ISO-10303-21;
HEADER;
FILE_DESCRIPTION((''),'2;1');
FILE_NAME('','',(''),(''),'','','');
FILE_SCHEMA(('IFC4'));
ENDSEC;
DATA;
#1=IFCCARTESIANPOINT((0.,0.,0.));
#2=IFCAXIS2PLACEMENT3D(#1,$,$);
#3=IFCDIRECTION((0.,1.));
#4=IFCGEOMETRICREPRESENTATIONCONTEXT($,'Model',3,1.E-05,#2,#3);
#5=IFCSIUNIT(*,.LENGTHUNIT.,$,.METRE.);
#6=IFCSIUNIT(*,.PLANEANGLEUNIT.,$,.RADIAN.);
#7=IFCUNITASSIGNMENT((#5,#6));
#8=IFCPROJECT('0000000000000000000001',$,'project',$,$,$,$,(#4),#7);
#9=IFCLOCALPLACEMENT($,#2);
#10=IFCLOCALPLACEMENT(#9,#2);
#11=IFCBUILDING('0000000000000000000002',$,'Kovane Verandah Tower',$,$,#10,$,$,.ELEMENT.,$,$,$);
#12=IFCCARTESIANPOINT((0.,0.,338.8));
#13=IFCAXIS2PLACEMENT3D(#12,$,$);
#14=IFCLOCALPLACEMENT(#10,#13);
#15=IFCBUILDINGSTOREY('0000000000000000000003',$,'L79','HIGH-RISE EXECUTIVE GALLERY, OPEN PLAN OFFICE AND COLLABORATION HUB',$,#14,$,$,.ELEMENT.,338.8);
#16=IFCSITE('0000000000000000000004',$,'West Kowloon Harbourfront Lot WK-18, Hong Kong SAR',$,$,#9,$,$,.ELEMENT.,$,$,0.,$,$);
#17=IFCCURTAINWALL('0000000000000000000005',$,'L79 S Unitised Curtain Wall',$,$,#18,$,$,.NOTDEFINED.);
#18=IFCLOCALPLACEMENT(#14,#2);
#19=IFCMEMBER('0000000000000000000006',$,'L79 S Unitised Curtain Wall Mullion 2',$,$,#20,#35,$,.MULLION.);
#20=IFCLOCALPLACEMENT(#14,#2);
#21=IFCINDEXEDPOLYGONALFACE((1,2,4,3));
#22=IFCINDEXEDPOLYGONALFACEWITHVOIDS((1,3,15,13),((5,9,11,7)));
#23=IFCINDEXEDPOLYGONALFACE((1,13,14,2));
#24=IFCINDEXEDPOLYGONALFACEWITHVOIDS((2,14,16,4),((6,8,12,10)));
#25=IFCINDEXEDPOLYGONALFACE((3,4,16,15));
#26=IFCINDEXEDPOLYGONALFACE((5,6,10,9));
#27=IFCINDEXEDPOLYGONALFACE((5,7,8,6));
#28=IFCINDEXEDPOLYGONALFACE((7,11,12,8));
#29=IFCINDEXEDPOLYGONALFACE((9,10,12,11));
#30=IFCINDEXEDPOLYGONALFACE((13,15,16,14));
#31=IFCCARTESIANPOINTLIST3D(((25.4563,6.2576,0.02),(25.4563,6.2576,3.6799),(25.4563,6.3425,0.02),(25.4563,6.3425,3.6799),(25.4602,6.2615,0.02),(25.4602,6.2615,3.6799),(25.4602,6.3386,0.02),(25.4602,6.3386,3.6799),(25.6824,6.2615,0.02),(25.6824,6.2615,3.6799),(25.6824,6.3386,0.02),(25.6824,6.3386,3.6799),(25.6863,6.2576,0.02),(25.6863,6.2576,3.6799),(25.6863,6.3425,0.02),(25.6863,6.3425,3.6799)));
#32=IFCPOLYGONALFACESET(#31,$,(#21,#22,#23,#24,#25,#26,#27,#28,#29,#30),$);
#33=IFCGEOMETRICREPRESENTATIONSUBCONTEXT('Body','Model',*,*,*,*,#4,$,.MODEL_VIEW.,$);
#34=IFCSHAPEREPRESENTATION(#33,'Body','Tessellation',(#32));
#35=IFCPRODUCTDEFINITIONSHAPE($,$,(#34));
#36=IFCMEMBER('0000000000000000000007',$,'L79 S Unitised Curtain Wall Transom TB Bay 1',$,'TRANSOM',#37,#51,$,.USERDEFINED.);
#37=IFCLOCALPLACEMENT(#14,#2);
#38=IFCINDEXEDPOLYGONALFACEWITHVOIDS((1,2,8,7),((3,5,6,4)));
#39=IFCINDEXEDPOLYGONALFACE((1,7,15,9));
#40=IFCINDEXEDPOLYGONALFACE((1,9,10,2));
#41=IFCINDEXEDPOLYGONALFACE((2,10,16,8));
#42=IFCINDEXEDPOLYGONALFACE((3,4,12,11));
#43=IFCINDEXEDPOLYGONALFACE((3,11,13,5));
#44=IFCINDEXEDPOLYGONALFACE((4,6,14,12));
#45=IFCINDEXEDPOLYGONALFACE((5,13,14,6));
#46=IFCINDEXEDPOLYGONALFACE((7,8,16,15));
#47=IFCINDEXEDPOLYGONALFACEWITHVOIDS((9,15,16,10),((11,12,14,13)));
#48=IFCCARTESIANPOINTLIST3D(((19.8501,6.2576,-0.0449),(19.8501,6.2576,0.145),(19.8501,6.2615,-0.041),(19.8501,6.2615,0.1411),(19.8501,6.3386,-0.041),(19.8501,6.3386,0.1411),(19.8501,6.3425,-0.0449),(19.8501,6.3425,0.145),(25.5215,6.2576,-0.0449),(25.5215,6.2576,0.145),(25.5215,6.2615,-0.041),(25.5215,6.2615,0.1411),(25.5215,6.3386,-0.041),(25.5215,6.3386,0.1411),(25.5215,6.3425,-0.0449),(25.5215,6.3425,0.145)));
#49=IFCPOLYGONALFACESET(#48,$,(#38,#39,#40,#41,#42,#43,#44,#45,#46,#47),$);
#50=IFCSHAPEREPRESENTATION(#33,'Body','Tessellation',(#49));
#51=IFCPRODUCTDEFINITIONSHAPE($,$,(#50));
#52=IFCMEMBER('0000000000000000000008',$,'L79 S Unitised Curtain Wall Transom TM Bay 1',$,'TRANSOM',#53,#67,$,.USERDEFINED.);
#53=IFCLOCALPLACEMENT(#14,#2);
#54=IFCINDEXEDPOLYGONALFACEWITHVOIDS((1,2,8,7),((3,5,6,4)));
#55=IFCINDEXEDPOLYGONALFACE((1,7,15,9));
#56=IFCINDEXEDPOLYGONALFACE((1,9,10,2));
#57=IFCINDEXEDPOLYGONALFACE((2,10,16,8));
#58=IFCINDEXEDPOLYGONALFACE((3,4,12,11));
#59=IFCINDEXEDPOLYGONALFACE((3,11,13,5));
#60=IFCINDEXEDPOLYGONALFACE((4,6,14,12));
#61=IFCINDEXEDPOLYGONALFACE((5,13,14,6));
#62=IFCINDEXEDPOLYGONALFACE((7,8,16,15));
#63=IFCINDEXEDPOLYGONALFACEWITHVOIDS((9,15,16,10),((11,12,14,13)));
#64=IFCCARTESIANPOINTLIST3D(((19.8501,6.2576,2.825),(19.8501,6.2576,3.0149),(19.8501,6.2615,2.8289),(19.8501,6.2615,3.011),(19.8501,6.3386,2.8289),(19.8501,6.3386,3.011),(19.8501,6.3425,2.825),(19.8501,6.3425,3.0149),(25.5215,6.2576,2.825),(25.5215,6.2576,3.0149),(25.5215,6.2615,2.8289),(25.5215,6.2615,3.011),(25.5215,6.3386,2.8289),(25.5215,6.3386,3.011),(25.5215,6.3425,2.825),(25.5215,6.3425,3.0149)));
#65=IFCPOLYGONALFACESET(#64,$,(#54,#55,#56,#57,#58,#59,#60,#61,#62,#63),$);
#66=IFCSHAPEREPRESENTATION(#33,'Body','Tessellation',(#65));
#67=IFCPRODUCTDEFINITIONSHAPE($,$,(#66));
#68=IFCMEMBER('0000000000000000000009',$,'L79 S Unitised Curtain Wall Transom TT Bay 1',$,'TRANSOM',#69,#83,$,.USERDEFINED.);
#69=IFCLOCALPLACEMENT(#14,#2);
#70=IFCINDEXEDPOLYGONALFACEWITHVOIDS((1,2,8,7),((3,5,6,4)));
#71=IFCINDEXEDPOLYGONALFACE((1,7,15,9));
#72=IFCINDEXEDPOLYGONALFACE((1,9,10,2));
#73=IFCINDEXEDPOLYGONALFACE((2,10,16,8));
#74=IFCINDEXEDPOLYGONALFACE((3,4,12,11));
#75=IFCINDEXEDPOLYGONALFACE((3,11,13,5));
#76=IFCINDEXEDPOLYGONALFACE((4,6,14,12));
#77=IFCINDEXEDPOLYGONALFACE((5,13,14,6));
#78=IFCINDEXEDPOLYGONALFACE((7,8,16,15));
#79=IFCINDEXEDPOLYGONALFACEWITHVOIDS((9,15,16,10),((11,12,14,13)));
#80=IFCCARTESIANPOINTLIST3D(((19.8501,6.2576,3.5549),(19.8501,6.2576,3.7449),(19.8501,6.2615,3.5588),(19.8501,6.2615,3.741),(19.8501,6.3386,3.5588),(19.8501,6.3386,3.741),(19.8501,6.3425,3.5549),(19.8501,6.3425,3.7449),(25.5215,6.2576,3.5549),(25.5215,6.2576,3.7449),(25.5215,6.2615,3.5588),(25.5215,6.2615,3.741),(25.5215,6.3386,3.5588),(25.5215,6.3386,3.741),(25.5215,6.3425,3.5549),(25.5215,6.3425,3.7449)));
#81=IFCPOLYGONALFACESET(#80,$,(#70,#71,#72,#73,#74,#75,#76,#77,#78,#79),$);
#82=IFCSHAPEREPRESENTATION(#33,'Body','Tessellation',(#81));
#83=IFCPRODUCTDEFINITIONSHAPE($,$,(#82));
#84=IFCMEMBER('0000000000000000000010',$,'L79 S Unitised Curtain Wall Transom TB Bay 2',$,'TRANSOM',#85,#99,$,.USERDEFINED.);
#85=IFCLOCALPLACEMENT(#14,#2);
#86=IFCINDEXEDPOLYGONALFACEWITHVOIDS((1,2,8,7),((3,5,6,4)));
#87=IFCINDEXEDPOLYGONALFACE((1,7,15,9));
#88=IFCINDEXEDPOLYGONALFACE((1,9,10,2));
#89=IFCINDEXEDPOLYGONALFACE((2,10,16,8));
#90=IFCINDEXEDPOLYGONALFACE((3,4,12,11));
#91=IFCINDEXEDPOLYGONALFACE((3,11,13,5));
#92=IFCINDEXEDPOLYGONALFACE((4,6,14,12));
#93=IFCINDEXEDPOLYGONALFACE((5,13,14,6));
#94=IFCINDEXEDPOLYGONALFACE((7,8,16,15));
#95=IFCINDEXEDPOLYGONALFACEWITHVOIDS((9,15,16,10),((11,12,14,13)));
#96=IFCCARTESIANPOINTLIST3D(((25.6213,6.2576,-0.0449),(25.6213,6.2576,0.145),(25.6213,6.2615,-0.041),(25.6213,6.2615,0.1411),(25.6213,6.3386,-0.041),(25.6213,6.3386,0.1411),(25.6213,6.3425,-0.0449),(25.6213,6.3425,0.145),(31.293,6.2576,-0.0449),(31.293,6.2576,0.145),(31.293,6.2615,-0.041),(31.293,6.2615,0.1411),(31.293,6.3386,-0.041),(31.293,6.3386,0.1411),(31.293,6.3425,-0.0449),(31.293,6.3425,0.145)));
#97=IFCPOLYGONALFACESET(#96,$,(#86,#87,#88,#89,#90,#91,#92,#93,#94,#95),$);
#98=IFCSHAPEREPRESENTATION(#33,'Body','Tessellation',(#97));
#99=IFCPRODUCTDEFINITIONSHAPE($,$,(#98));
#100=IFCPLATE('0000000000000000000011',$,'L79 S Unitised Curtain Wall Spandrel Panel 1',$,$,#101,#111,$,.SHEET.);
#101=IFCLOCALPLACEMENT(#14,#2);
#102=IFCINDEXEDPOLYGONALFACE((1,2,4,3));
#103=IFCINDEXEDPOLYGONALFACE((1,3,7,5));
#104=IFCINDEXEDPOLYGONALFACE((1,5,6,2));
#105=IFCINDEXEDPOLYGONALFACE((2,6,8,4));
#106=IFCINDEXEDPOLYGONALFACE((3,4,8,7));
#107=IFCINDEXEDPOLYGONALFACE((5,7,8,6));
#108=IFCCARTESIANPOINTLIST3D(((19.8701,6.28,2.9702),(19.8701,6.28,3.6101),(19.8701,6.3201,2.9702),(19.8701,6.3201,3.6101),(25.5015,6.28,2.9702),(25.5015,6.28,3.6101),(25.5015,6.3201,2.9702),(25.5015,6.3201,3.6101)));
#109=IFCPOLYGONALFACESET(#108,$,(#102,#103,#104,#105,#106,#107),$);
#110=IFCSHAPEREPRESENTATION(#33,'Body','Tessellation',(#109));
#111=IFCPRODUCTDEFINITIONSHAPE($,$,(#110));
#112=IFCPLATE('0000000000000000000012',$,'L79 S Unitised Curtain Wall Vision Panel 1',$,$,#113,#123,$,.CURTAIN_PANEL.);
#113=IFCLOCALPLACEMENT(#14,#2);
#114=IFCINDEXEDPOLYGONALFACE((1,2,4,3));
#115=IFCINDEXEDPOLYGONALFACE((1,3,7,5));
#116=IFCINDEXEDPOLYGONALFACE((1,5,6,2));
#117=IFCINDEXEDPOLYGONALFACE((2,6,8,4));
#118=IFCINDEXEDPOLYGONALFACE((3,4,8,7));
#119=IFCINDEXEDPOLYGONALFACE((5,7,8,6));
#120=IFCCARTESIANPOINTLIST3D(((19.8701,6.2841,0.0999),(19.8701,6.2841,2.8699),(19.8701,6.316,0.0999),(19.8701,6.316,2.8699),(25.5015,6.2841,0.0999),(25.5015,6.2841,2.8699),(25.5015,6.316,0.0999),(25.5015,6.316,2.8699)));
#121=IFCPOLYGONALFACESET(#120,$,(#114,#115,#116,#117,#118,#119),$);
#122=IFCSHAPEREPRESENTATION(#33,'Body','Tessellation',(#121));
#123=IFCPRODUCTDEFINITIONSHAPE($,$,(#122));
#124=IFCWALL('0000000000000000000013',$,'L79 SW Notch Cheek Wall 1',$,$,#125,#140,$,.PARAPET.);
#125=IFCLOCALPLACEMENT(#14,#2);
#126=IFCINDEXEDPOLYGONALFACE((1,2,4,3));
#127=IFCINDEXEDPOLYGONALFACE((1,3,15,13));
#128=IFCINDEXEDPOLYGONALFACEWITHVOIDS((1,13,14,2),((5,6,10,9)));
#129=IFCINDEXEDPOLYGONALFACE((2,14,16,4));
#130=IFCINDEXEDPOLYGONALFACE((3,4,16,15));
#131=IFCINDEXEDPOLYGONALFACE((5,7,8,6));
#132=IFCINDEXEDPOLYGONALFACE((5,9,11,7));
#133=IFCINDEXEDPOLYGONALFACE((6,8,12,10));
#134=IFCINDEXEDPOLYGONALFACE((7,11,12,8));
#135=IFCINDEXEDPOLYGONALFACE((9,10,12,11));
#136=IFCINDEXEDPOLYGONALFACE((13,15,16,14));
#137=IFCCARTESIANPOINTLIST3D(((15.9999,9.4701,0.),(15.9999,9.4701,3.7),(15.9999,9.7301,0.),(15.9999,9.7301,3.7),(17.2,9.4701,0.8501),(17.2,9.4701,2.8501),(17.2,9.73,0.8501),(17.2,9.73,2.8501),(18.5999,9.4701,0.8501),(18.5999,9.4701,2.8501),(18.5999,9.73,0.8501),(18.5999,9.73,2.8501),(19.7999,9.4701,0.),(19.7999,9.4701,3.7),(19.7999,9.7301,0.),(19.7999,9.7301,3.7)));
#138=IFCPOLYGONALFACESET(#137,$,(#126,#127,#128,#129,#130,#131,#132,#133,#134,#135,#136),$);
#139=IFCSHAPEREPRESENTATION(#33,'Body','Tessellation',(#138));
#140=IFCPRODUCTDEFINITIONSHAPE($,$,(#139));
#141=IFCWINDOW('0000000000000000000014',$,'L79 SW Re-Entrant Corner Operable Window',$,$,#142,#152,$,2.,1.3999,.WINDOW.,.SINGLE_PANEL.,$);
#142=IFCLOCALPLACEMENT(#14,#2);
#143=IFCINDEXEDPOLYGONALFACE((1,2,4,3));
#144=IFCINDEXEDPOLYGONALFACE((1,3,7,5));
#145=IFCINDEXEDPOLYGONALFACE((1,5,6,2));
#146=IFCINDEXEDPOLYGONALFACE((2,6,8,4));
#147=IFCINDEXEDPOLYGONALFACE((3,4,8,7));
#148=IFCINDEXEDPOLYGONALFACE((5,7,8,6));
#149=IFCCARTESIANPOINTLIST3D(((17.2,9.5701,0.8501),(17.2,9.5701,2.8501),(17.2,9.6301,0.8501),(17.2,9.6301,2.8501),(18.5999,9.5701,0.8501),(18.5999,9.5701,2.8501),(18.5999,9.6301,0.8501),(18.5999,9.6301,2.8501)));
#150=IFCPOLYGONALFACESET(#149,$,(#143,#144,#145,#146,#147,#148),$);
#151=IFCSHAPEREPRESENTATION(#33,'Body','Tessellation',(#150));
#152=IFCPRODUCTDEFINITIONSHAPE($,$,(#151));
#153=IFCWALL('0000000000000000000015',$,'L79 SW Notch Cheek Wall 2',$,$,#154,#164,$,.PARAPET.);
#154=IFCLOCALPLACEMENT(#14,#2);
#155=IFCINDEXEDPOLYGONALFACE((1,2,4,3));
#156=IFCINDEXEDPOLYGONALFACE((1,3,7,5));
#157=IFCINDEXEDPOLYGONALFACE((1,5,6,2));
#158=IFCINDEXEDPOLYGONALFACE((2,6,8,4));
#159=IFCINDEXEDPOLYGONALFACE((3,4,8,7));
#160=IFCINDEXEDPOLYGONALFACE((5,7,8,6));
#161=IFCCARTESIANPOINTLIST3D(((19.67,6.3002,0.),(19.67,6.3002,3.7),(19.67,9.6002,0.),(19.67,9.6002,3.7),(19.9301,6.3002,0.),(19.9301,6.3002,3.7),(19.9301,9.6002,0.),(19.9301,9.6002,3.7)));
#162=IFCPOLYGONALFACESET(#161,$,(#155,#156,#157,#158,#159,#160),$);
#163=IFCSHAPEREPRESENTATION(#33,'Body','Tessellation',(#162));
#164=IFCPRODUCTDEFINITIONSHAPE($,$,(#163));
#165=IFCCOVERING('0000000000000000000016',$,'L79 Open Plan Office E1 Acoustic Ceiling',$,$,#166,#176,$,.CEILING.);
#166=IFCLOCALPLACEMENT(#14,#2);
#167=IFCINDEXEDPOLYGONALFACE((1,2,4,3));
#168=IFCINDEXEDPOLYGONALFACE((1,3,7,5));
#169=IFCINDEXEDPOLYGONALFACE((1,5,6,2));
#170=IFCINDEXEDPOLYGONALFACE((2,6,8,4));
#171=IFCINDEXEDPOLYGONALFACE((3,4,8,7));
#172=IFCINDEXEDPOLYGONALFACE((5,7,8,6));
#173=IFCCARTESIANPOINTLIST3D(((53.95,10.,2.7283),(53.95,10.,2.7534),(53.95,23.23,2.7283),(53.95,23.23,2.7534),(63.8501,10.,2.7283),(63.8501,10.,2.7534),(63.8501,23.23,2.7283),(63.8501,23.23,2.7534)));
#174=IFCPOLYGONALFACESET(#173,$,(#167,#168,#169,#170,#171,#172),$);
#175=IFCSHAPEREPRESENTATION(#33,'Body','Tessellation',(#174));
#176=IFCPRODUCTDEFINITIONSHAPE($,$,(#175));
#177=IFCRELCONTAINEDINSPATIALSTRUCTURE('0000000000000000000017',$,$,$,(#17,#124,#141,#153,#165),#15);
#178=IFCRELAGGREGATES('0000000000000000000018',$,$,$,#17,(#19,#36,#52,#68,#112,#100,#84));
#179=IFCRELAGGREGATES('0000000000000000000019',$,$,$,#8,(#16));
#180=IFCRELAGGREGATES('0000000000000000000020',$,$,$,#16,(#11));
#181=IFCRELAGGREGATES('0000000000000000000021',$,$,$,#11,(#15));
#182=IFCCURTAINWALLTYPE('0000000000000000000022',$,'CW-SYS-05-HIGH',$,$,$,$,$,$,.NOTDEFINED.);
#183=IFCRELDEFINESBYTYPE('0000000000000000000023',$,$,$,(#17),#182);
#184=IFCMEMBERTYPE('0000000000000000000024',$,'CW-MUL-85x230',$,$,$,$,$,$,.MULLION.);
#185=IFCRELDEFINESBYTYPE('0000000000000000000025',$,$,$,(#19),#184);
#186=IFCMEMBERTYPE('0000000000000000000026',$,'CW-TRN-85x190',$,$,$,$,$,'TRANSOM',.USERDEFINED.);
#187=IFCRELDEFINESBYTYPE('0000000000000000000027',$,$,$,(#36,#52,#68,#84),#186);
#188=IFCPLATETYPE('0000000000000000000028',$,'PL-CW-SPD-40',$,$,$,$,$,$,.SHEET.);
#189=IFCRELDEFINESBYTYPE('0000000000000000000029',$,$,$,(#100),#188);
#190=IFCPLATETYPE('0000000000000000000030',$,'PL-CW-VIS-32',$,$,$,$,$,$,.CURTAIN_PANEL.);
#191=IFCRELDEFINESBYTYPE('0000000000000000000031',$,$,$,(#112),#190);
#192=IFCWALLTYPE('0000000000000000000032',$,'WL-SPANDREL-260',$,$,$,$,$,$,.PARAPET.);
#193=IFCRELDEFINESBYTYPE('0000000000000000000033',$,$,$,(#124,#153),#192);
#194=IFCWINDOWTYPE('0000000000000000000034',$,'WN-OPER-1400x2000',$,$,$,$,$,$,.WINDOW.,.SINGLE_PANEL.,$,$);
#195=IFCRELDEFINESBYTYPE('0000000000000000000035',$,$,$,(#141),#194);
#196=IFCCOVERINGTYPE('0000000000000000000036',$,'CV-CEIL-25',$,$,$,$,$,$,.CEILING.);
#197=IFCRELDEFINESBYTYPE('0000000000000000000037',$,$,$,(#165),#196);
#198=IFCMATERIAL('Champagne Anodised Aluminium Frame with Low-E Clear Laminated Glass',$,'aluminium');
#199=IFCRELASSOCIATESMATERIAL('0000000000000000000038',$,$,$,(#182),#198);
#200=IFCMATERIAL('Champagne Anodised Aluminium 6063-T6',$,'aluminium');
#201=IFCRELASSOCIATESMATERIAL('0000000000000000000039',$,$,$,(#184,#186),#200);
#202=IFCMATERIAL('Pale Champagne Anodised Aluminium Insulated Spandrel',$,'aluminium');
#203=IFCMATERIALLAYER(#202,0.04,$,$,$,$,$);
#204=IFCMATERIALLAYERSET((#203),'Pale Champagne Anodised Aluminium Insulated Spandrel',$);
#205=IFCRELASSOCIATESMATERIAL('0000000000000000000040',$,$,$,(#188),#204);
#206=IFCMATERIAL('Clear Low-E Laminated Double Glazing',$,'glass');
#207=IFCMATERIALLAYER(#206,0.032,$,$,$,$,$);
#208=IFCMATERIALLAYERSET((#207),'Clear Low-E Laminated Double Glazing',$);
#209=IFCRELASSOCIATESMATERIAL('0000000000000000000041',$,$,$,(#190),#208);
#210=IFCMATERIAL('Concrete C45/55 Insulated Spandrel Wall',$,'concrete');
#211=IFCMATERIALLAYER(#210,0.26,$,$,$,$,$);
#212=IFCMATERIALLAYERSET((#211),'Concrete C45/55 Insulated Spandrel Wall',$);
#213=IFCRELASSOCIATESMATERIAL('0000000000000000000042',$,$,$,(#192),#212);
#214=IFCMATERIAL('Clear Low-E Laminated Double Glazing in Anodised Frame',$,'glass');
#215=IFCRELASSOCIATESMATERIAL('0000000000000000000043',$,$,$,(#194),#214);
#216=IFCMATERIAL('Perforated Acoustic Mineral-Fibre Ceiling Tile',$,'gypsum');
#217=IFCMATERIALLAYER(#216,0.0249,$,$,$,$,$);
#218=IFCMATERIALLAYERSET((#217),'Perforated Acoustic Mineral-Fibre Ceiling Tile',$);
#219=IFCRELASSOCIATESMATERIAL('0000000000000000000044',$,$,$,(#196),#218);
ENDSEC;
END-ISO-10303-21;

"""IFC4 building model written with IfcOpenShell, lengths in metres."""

from ifc_helpers import new_model, si_unit, direction, frame, frame_2d, origin, origin_2d, place, context, subcontext, project, spatial, polyline, rectangle, hollow_rectangle, outline, extrude, material, layer, layer_set, material_profile, profile_set, type_object, element, fill, aggregate, save


model = new_model("IFC4")

# Units and contexts
model_context = context("Model", 3, precision=1e-05, world=origin(), true_north=direction((0.0, 1.0)))
body_context = subcontext(model_context, "Body", "Model", "MODEL_VIEW")
ifc_project = project(units=[si_unit("LENGTHUNIT", "METRE"), si_unit("PLANEANGLEUNIT", "RADIAN")], contexts=[model_context])

# Site, building, storey
site_placement = place(None, origin())
site = spatial("IfcSite", under=ifc_project, at=site_placement, Name="West Kowloon Harbourfront Lot WK-18, Hong Kong SAR", CompositionType="ELEMENT", RefElevation=0.0)
building_placement = place(site_placement, origin())
building = spatial("IfcBuilding", under=site, at=building_placement, Name="Kovane Verandah Tower", CompositionType="ELEMENT")
storey_placement = place(building_placement, frame((0.0, 0.0, 338.8)))
storey = spatial("IfcBuildingStorey", under=building, at=storey_placement, Name="L79", Description="HIGH-RISE EXECUTIVE GALLERY, OPEN PLAN OFFICE AND COLLABORATION HUB", CompositionType="ELEMENT", Elevation=338.8)

# Curtain wall, members, plates
ifc_material_1 = material(Name="Champagne Anodised Aluminium Frame with Low-E Clear Laminated Glass", Category="aluminium")
curtain_wall_type = type_object("IfcCurtainWallType", Name="CW-SYS-05-HIGH", PredefinedType="NOTDEFINED", material=ifc_material_1)
curtain_wall_placement = place(storey_placement, origin())
curtain_wall = element("IfcCurtainWall", 1, at=curtain_wall_placement, inside=storey, type_object=curtain_wall_type, Name="L79 S Unitised Curtain Wall", PredefinedType="NOTDEFINED")
ifc_material_2 = material(Name="Champagne Anodised Aluminium 6063-T6", Category="aluminium")
ifc_material_profile_1 = material_profile(ifc_material_2, hollow_rectangle(XDim=0.085, YDim=0.23, WallThickness=0.0039, at=origin_2d()), Name="AL85x230x4")
ifc_profile_set_1 = profile_set([ifc_material_profile_1], Name="Champagne Anodised Aluminium 6063-T6")
member_type_1 = type_object("IfcMemberType", Name="CW-MUL-85x230", PredefinedType="MULLION", material=ifc_profile_set_1)
member_1_placement = place(storey_placement, frame((25.5713, 6.3, 0.02), z_axis=(0.0, 0.0, 1.0), x_axis=(0.0, -1.0, 0.0)))
member_1 = element("IfcMember", 2, at=member_1_placement, type_object=member_type_1, Name="L79 S Unitised Curtain Wall Mullion 2", PredefinedType="MULLION", context=body_context, shape_type="SweptSolid", body=[
    extrude(hollow_rectangle(XDim=0.085, YDim=0.23, WallThickness=0.0039, at=origin_2d()), origin(), (0.0, 0.0, 1.0), 3.6599),
])
ifc_material_profile_2 = material_profile(ifc_material_2, hollow_rectangle(XDim=0.085, YDim=0.1899, WallThickness=0.0039, at=origin_2d()), Name="AL85x190x4")
ifc_profile_set_2 = profile_set([ifc_material_profile_2], Name="Champagne Anodised Aluminium 6063-T6")
member_type_2 = type_object("IfcMemberType", Name="CW-TRN-85x190", ElementType="TRANSOM", PredefinedType="USERDEFINED", material=ifc_profile_set_2)
member_2_placement = place(storey_placement, frame((19.8501, 6.3, 0.05), z_axis=(1.0, 0.0, 0.0), x_axis=(0.0, 1.0, 0.0)))
member_2 = element("IfcMember", 3, at=member_2_placement, type_object=member_type_2, Name="L79 S Unitised Curtain Wall Transom TB Bay 1", ObjectType="TRANSOM", PredefinedType="USERDEFINED", context=body_context, shape_type="SweptSolid", body=[
    extrude(hollow_rectangle(XDim=0.085, YDim=0.1899, WallThickness=0.0039, at=origin_2d()), origin(), (0.0, 0.0, 1.0), 5.6714),
])
member_3_placement = place(storey_placement, frame((19.8501, 6.3, 2.9199), z_axis=(1.0, 0.0, 0.0), x_axis=(0.0, 1.0, 0.0)))
member_3 = element("IfcMember", 4, at=member_3_placement, type_object=member_type_2, Name="L79 S Unitised Curtain Wall Transom TM Bay 1", ObjectType="TRANSOM", PredefinedType="USERDEFINED", context=body_context, shape_type="SweptSolid", body=[
    extrude(hollow_rectangle(XDim=0.085, YDim=0.1899, WallThickness=0.0039, at=origin_2d()), origin(), (0.0, 0.0, 1.0), 5.6714),
])
member_4_placement = place(storey_placement, frame((19.8501, 6.3, 3.6499), z_axis=(1.0, 0.0, 0.0), x_axis=(0.0, 1.0, 0.0)))
member_4 = element("IfcMember", 5, at=member_4_placement, type_object=member_type_2, Name="L79 S Unitised Curtain Wall Transom TT Bay 1", ObjectType="TRANSOM", PredefinedType="USERDEFINED", context=body_context, shape_type="SweptSolid", body=[
    extrude(hollow_rectangle(XDim=0.085, YDim=0.1899, WallThickness=0.0039, at=origin_2d()), origin(), (0.0, 0.0, 1.0), 5.6714),
])
member_5_placement = place(storey_placement, frame((25.6213, 6.3, 0.05), z_axis=(1.0, 0.0, 0.0), x_axis=(0.0, 1.0, 0.0)))
member_5 = element("IfcMember", 6, at=member_5_placement, type_object=member_type_2, Name="L79 S Unitised Curtain Wall Transom TB Bay 2", ObjectType="TRANSOM", PredefinedType="USERDEFINED", context=body_context, shape_type="SweptSolid", body=[
    extrude(hollow_rectangle(XDim=0.085, YDim=0.1899, WallThickness=0.0039, at=origin_2d()), origin(), (0.0, 0.0, 1.0), 5.6716),
])
ifc_material_3 = material(Name="Pale Champagne Anodised Aluminium Insulated Spandrel", Category="aluminium")
ifc_layer_1 = layer(ifc_material_3, 0.04)
ifc_layer_set_1 = layer_set([ifc_layer_1], Name="Pale Champagne Anodised Aluminium Insulated Spandrel")
plate_type_1 = type_object("IfcPlateType", Name="PL-CW-SPD-40", PredefinedType="SHEET", material=ifc_layer_set_1)
plate_1_placement = place(storey_placement, frame((22.6858, 6.3, 2.9702), z_axis=(0.0, 0.0, 1.0), x_axis=(1.0, 0.0, 0.0)))
plate_1 = element("IfcPlate", 7, at=plate_1_placement, type_object=plate_type_1, Name="L79 S Unitised Curtain Wall Spandrel Panel 1", PredefinedType="SHEET", context=body_context, shape_type="SweptSolid", body=[
    extrude(rectangle(XDim=5.6313, YDim=0.04, at=origin_2d()), origin(), (0.0, 0.0, 1.0), 0.6399),
])
ifc_material_4 = material(Name="Clear Low-E Laminated Double Glazing", Category="glass")
ifc_layer_2 = layer(ifc_material_4, 0.032)
ifc_layer_set_2 = layer_set([ifc_layer_2], Name="Clear Low-E Laminated Double Glazing")
plate_type_2 = type_object("IfcPlateType", Name="PL-CW-VIS-32", PredefinedType="CURTAIN_PANEL", material=ifc_layer_set_2)
plate_2_placement = place(storey_placement, frame((22.6858, 6.3, 0.0999), z_axis=(0.0, 0.0, 1.0), x_axis=(1.0, 0.0, 0.0)))
plate_2 = element("IfcPlate", 8, at=plate_2_placement, type_object=plate_type_2, Name="L79 S Unitised Curtain Wall Vision Panel 1", PredefinedType="CURTAIN_PANEL", context=body_context, shape_type="SweptSolid", body=[
    extrude(rectangle(XDim=5.6313, YDim=0.032, at=origin_2d()), origin(), (0.0, 0.0, 1.0), 2.77),
])
aggregate(curtain_wall, [member_1, member_2, member_3, member_4, plate_2, plate_1, member_5])

# Wall, opening, window
ifc_material_5 = material(Name="Concrete C45/55 Insulated Spandrel Wall", Category="concrete")
ifc_layer_3 = layer(ifc_material_5, 0.26)
ifc_layer_set_3 = layer_set([ifc_layer_3], Name="Concrete C45/55 Insulated Spandrel Wall")
wall_type = type_object("IfcWallType", Name="WL-SPANDREL-260", PredefinedType="PARAPET", material=ifc_layer_set_3)
wall_1_placement = place(storey_placement, frame((16.0, 9.6001, 0.0), z_axis=(0.0, 0.0, 1.0), x_axis=(1.0, 0.0, 0.0)))
wall_1 = element("IfcWall", 9, at=wall_1_placement, inside=storey, type_object=wall_type, Name="L79 SW Notch Cheek Wall 1", PredefinedType="PARAPET", context=body_context, shape_type="SweptSolid", body=[
    extrude(rectangle(XDim=3.8, YDim=0.26, at=frame_2d((1.8999, 0.0))), origin(), (0.0, 0.0, 1.0), 3.7),
])
opening_placement = place(wall_1_placement, frame((1.2, 0.0, 0.8501)))
opening = element("IfcOpeningElement", 10, at=opening_placement, cuts=wall_1, PredefinedType="OPENING", context=body_context, shape_type="SweptSolid", body=[
    extrude(rectangle(XDim=1.3999, YDim=2.0, at=frame_2d((0.7, 1.0))), frame((0.0, 0.1299, 0.0), z_axis=(0.0, -1.0, 0.0), x_axis=(1.0, 0.0, 0.0)), (0.0, 0.0, 1.0), 0.26),
])
ifc_material_6 = material(Name="Clear Low-E Laminated Double Glazing in Anodised Frame", Category="glass")
window_type = type_object("IfcWindowType", Name="WN-OPER-1400x2000", PartitioningType="SINGLE_PANEL", PredefinedType="WINDOW", material=ifc_material_6)
window_placement = place(opening_placement, origin())
window = element("IfcWindow", 11, at=window_placement, inside=storey, type_object=window_type, Name="L79 SW Re-Entrant Corner Operable Window", OverallHeight=2.0, OverallWidth=1.3999, PartitioningType="SINGLE_PANEL", PredefinedType="WINDOW", context=body_context, shape_type="SweptSolid", body=[
    extrude(rectangle(XDim=1.3999, YDim=2.0, at=frame_2d((0.7, 1.0))), frame((0.0, 0.03, 0.0), z_axis=(0.0, -1.0, 0.0), x_axis=(1.0, 0.0, 0.0)), (0.0, 0.0, 1.0), 0.0601),
])
fill(opening, window)

# Wall
wall_2_placement = place(storey_placement, frame((19.8, 9.6001, 0.0), z_axis=(0.0, 0.0, 1.0), x_axis=(0.0, -1.0, 0.0)))
element("IfcWall", 12, at=wall_2_placement, inside=storey, type_object=wall_type, Name="L79 SW Notch Cheek Wall 2", PredefinedType="PARAPET", context=body_context, shape_type="SweptSolid", body=[
    extrude(rectangle(XDim=3.3, YDim=0.26, at=frame_2d((1.6499, 0.0))), origin(), (0.0, 0.0, 1.0), 3.7),
])

# Covering
ifc_material_7 = material(Name="Perforated Acoustic Mineral-Fibre Ceiling Tile", Category="gypsum")
ifc_layer_4 = layer(ifc_material_7, 0.0249)
ifc_layer_set_4 = layer_set([ifc_layer_4], Name="Perforated Acoustic Mineral-Fibre Ceiling Tile")
covering_type_1 = type_object("IfcCoveringType", Name="CV-CEIL-25", PredefinedType="CEILING", material=ifc_layer_set_4)
covering_1_placement = place(storey_placement, frame((0.0, 0.0, 2.7283)))
element("IfcCovering", 13, at=covering_1_placement, inside=storey, type_object=covering_type_1, Name="L79 Open Plan Office E1 Acoustic Ceiling", PredefinedType="CEILING", context=body_context, shape_type="SweptSolid", body=[
    extrude(outline(polyline([(53.95, 10.0), (63.8501, 10.0), (63.8501, 23.23), (53.95, 23.23), (53.95, 10.0)])), origin(), (0.0, 0.0, 1.0), 0.0251),
])

save(model, "model.ifc")
